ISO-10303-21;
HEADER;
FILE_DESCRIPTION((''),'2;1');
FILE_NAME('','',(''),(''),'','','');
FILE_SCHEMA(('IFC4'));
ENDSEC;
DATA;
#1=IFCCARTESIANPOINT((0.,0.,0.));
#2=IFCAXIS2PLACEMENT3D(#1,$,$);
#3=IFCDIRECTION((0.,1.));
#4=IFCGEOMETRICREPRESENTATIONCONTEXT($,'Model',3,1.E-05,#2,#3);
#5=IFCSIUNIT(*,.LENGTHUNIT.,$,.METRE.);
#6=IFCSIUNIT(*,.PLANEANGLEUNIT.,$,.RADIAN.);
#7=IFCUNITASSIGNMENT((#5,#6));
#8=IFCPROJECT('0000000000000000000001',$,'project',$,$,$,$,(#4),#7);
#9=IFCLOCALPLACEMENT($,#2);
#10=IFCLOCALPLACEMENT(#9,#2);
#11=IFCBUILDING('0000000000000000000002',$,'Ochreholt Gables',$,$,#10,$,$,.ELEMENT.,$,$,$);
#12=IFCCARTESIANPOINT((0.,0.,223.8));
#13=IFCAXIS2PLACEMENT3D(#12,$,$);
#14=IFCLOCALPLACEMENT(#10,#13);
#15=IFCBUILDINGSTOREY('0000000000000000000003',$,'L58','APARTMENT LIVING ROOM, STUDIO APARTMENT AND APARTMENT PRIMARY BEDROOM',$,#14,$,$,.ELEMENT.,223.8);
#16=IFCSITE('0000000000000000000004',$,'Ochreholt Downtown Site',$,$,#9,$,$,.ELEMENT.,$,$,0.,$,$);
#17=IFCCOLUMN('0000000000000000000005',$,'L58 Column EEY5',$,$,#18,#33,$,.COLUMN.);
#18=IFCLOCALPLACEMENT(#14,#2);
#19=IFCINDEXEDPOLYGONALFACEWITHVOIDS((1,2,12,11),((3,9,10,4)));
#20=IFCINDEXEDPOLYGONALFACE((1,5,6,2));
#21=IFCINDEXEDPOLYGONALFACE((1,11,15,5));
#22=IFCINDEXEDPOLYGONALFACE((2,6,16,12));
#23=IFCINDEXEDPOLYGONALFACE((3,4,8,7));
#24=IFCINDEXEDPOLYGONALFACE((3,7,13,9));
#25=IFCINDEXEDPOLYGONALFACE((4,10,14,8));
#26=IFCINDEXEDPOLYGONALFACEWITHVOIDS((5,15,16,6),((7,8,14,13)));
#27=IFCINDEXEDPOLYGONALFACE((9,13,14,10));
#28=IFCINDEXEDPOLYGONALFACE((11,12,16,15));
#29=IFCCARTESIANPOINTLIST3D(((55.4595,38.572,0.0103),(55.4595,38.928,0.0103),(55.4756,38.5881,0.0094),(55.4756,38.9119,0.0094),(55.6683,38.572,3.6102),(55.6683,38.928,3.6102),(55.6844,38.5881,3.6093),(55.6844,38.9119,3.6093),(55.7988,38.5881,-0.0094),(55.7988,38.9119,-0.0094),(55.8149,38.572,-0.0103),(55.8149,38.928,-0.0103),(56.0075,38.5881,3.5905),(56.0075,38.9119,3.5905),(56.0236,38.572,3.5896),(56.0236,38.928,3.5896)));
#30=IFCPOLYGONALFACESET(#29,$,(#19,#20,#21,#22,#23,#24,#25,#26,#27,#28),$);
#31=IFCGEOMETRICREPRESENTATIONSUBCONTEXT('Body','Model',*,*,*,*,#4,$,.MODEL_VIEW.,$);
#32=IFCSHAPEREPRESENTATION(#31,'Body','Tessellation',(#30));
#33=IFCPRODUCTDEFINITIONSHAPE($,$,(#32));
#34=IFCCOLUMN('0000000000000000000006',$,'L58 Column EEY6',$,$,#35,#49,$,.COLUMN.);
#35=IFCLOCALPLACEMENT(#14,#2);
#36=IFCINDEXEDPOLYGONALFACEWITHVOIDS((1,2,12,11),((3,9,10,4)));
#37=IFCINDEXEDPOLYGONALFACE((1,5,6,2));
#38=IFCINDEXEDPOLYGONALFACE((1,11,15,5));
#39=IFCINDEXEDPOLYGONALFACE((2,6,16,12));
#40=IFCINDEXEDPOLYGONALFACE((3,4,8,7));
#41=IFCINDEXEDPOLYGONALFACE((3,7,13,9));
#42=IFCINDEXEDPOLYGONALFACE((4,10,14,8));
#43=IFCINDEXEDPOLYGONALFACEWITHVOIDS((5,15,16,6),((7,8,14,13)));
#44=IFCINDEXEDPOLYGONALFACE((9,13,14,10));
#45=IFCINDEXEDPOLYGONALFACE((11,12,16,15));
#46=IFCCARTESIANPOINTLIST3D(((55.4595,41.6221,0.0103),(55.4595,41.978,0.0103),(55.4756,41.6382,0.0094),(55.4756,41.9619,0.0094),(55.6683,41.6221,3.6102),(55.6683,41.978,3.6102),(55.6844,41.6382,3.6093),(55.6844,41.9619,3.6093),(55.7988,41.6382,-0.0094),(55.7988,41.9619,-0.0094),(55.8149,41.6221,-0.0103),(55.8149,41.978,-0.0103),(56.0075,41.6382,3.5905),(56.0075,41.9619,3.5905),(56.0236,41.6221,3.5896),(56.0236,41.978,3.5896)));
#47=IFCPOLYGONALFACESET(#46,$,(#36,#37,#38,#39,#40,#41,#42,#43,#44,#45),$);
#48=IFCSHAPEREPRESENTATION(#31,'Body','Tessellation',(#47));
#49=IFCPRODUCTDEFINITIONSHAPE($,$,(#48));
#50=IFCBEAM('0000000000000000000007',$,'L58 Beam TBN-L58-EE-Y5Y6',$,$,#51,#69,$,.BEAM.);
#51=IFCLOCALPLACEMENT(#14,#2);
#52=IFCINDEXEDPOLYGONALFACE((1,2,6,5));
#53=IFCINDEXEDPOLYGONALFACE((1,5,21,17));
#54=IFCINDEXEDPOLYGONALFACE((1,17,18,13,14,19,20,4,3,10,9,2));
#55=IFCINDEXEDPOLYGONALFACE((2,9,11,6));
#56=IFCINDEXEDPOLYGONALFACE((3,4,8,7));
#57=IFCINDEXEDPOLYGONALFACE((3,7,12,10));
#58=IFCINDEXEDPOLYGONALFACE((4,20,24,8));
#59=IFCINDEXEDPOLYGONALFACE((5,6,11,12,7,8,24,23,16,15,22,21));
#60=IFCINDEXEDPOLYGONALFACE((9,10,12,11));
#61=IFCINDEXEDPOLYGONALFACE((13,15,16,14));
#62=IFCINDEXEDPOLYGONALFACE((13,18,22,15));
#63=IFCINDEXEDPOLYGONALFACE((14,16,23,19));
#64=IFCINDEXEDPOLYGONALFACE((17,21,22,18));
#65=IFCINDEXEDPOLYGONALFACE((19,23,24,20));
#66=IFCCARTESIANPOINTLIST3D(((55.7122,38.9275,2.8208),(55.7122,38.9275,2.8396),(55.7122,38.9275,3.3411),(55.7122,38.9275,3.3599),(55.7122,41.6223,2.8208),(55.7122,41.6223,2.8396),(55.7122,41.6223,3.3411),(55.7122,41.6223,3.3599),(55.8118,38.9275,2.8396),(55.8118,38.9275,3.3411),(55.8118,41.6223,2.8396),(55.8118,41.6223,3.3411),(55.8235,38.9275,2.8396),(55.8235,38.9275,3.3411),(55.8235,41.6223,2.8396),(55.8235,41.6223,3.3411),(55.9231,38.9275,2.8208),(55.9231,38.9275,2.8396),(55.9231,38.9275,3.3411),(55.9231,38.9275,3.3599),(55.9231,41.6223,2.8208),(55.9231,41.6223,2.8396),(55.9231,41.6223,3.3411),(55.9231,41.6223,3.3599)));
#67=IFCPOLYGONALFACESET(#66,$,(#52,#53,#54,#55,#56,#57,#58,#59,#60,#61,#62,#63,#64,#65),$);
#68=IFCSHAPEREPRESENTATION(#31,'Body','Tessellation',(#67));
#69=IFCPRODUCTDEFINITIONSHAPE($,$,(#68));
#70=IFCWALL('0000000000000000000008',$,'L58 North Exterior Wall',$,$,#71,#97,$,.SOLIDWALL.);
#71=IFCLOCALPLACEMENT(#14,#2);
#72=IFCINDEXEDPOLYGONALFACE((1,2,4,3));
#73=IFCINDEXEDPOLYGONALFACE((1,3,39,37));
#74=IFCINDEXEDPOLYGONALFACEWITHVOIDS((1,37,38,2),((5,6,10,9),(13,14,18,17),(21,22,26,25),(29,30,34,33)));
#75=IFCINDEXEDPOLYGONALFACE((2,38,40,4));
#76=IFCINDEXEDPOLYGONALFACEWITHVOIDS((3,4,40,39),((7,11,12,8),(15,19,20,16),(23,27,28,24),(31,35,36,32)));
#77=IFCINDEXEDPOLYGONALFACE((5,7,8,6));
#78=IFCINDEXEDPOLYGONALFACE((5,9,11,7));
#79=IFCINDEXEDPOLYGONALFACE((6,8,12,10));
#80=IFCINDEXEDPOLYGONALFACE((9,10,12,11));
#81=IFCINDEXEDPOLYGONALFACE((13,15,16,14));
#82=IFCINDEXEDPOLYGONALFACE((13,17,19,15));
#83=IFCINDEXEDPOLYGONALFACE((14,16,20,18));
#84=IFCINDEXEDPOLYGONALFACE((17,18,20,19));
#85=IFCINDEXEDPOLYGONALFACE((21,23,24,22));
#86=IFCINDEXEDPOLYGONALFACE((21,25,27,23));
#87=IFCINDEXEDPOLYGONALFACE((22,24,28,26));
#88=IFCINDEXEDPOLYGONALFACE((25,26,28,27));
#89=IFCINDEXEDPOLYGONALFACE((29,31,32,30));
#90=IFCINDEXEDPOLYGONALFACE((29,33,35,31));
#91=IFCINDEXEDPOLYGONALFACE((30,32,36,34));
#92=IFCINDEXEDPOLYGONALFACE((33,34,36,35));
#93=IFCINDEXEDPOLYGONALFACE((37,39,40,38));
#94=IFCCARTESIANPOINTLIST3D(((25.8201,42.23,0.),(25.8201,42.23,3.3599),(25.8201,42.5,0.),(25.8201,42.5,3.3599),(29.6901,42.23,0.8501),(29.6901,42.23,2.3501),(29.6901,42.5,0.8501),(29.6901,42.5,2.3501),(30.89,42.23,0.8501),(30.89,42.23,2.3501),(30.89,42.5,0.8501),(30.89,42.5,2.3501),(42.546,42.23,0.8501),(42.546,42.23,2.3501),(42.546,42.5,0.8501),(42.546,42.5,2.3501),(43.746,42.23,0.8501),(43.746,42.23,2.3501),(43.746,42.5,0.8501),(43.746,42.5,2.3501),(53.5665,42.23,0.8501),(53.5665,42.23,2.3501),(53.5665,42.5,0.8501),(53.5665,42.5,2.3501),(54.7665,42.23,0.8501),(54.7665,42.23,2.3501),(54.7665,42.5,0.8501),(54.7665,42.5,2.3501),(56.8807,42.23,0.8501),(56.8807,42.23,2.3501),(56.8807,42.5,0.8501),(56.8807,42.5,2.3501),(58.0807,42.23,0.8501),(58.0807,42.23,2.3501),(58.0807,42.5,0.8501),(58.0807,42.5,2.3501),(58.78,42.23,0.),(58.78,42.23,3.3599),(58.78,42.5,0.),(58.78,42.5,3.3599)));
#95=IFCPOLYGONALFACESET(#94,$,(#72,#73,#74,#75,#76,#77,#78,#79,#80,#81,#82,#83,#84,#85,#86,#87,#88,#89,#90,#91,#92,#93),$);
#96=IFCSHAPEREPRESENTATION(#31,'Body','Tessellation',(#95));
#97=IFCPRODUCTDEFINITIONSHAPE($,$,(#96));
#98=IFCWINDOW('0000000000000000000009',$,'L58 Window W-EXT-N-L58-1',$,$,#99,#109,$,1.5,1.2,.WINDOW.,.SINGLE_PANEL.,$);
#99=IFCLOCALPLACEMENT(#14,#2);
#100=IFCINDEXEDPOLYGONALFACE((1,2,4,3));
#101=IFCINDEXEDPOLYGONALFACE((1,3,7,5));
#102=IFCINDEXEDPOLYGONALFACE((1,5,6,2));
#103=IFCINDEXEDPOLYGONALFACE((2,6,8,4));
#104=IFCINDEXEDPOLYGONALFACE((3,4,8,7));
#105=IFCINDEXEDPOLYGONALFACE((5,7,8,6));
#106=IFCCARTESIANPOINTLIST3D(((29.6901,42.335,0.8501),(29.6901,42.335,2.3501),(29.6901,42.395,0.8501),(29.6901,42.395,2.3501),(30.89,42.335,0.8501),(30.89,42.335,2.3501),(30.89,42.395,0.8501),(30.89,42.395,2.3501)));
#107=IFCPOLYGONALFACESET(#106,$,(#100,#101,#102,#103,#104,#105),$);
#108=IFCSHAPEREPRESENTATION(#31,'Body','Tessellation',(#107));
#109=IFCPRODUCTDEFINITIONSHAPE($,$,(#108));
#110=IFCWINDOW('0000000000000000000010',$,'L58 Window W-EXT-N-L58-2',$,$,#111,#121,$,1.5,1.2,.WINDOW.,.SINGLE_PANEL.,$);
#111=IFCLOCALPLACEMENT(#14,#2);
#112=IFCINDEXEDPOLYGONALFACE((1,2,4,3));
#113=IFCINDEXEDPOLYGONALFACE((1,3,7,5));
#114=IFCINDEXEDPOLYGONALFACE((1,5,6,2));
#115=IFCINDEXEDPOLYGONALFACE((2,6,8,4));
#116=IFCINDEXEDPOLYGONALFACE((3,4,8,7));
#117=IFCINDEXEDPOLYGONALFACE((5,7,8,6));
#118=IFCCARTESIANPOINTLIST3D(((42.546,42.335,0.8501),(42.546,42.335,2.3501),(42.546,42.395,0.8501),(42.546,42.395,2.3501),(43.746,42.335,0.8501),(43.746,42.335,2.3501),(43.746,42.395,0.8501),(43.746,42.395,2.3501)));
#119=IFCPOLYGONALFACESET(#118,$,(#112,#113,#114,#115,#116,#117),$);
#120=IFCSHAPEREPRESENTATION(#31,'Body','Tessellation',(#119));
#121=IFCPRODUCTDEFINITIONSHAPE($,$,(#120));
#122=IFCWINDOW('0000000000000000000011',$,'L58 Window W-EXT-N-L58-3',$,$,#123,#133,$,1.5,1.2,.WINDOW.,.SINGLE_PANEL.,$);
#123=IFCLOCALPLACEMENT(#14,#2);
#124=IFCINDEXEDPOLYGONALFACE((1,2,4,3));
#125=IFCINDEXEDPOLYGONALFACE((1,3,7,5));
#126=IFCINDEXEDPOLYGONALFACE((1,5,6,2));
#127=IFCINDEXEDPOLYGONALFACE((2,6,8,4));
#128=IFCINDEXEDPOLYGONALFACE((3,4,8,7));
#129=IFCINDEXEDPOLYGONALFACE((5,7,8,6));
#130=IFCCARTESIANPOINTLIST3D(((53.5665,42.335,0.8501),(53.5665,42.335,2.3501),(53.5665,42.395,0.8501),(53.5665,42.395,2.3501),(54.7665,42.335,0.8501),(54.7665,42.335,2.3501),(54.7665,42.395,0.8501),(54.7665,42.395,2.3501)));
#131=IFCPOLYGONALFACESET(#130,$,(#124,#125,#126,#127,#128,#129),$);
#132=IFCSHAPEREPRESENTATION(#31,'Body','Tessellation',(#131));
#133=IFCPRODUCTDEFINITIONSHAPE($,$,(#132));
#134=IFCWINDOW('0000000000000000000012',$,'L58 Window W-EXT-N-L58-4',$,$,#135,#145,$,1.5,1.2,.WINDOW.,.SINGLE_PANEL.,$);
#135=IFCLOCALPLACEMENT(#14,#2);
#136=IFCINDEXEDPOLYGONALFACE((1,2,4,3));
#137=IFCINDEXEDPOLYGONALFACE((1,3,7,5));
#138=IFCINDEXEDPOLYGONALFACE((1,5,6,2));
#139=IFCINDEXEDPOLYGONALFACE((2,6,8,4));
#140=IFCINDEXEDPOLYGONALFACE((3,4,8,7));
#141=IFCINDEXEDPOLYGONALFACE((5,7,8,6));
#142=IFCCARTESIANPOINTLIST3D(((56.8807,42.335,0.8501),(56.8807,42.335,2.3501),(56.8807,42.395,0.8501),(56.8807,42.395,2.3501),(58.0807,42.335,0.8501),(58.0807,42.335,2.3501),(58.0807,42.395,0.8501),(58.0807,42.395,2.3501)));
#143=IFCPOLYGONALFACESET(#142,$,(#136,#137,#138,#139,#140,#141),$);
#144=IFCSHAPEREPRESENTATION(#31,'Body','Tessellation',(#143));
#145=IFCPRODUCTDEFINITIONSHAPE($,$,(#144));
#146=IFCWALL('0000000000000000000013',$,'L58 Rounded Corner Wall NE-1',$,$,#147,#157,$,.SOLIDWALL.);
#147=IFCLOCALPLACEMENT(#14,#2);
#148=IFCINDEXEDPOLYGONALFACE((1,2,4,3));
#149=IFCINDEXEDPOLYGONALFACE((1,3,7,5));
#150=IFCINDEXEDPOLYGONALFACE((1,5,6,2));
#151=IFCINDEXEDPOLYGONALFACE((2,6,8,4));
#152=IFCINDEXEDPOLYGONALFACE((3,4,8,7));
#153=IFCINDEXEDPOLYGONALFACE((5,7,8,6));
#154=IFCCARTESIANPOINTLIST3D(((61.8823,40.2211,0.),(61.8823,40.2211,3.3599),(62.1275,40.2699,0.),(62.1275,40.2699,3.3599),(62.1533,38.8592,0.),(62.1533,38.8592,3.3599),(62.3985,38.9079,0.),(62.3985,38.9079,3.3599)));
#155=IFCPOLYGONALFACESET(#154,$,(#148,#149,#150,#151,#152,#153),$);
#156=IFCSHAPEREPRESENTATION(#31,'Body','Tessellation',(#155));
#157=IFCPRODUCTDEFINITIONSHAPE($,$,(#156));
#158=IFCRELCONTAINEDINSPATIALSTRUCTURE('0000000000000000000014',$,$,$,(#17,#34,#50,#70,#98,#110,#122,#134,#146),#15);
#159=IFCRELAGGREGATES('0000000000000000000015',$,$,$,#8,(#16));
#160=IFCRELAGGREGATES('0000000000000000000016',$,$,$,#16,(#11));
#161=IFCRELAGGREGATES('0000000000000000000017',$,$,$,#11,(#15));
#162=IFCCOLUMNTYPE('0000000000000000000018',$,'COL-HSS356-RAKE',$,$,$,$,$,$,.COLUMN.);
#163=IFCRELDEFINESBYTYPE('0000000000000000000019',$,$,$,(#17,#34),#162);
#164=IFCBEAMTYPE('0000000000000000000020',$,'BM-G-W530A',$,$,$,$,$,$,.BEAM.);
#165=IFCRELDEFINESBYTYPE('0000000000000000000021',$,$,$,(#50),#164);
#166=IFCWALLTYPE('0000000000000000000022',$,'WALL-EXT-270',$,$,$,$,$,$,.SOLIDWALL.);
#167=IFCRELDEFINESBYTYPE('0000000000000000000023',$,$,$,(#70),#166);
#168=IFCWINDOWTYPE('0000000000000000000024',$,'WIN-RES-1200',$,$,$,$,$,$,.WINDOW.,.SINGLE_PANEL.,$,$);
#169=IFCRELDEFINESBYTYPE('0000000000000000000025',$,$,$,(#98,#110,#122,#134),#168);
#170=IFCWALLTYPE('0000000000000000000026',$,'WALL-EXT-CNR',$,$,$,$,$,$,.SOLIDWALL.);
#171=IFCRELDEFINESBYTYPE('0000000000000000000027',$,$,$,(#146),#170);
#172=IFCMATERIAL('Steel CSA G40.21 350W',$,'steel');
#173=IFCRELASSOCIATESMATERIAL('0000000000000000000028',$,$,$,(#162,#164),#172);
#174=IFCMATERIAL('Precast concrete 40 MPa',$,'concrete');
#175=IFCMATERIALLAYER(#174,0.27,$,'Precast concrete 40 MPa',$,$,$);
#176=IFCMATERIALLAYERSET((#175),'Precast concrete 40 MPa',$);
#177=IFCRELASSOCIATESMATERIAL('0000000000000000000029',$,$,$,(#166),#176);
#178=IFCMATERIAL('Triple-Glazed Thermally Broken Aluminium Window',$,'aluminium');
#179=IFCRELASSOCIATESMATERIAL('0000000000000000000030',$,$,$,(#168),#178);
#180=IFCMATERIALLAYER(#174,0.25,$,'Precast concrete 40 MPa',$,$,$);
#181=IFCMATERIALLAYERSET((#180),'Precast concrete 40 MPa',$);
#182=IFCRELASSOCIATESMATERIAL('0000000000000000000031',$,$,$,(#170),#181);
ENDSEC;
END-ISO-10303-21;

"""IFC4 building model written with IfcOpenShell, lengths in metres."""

from ifc_helpers import new_model, si_unit, direction, frame, frame_2d, origin, origin_2d, place, context, subcontext, project, spatial, rectangle, hollow_rectangle, i_section, extrude, material, layer, layer_set, material_profile, profile_set, type_object, element, fill, save


model = new_model("IFC4")

# Units and contexts
model_context = context("Model", 3, precision=1e-05, world=origin(), true_north=direction((0.0, 1.0)))
body_context = subcontext(model_context, "Body", "Model", "MODEL_VIEW")
ifc_project = project(units=[si_unit("LENGTHUNIT", "METRE"), si_unit("PLANEANGLEUNIT", "RADIAN")], contexts=[model_context])

# Site, building, storey
site_placement = place(None, origin())
site = spatial("IfcSite", under=ifc_project, at=site_placement, Name="Ochreholt Downtown Site", CompositionType="ELEMENT", RefElevation=0.0)
building_placement = place(site_placement, origin())
building = spatial("IfcBuilding", under=site, at=building_placement, Name="Ochreholt Gables", CompositionType="ELEMENT")
storey_placement = place(building_placement, frame((0.0, 0.0, 223.8)))
storey = spatial("IfcBuildingStorey", under=building, at=storey_placement, Name="L58", Description="APARTMENT LIVING ROOM, STUDIO APARTMENT AND APARTMENT PRIMARY BEDROOM", CompositionType="ELEMENT", Elevation=223.8)

# Columns
ifc_material_1 = material(Name="Steel CSA G40.21 350W", Category="steel")
ifc_material_profile_1 = material_profile(ifc_material_1, hollow_rectangle(XDim=0.356, YDim=0.356, WallThickness=0.0161, at=origin_2d()), Name="HSS356X356X16")
ifc_profile_set_1 = profile_set([ifc_material_profile_1], Name="Steel CSA G40.21 350W")
column_type = type_object("IfcColumnType", Name="COL-HSS356-RAKE", PredefinedType="COLUMN", material=ifc_profile_set_1)
for number, where, z_axis, x_axis, name in (
    (1, (55.6372, 38.75, 0.0), (0.057889, 0.0, 0.998323), (0.0, 1.0, 0.0), "L58 Column EEY5"),
    (2, (55.6372, 41.8, 0.0), (0.057889, 0.0, 0.998323), (0.0, 1.0, 0.0), "L58 Column EEY6"),
):
    element("IfcColumn", number, at=place(storey_placement, frame(where, z_axis=z_axis, x_axis=x_axis)), inside=storey, type_object=column_type, Name=name, PredefinedType="COLUMN", context=body_context, shape_type="SweptSolid", body=[
        extrude(hollow_rectangle(XDim=0.356, YDim=0.356, WallThickness=0.0161, at=origin_2d()), origin(), (0.0, 0.0, 1.0), 3.606),
    ])

# Beam
ifc_material_profile_2 = material_profile(ifc_material_1, i_section(OverallWidth=0.2109, OverallDepth=0.5391, WebThickness=0.0117, FlangeThickness=0.0188, at=origin_2d()), Name="W530X109")
ifc_profile_set_2 = profile_set([ifc_material_profile_2], Name="Steel CSA G40.21 350W")
beam_type = type_object("IfcBeamType", Name="BM-G-W530A", PredefinedType="BEAM", material=ifc_profile_set_2)
beam_placement = place(storey_placement, frame((55.8176, 38.9275, 3.0903), z_axis=(0.0, 1.0, 0.0), x_axis=(-1.0, 0.0, 0.0)))
element("IfcBeam", 3, at=beam_placement, inside=storey, type_object=beam_type, Name="L58 Beam TBN-L58-EE-Y5Y6", PredefinedType="BEAM", context=body_context, shape_type="SweptSolid", body=[
    extrude(i_section(OverallWidth=0.2109, OverallDepth=0.5391, WebThickness=0.0117, FlangeThickness=0.0188, at=origin_2d()), origin(), (0.0, 0.0, 1.0), 2.6948),
])

# Wall, openings, windows
ifc_material_2 = material(Name="Precast concrete 40 MPa", Category="concrete")
ifc_layer_1 = layer(ifc_material_2, 0.27, Name="Precast concrete 40 MPa")
ifc_layer_set_1 = layer_set([ifc_layer_1], Name="Precast concrete 40 MPa")
wall_type_1 = type_object("IfcWallType", Name="WALL-EXT-270", PredefinedType="SOLIDWALL", material=ifc_layer_set_1)
wall_1_placement = place(storey_placement, frame((58.78, 42.365, 0.0), z_axis=(0.0, 0.0, 1.0), x_axis=(-1.0, 0.0, 0.0)))
wall_1 = element("IfcWall", 4, at=wall_1_placement, inside=storey, type_object=wall_type_1, Name="L58 North Exterior Wall", PredefinedType="SOLIDWALL", context=body_context, shape_type="SweptSolid", body=[
    extrude(rectangle(XDim=32.96, YDim=0.27, at=frame_2d((16.48, 0.0))), origin(), (0.0, 0.0, 1.0), 3.3599),
])
opening_1_placement = place(wall_1_placement, frame((27.8899, 0.0, 0.8501)))
opening_1 = element("IfcOpeningElement", 5, at=opening_1_placement, cuts=wall_1, PredefinedType="OPENING", context=body_context, shape_type="SweptSolid", body=[
    extrude(rectangle(XDim=1.2, YDim=1.5, at=frame_2d((0.6001, 0.75))), frame((0.0, 0.145, 0.0), z_axis=(0.0, -1.0, 0.0), x_axis=(1.0, 0.0, 0.0)), (0.0, 0.0, 1.0), 0.29),
])
opening_2_placement = place(wall_1_placement, frame((15.0339, 0.0, 0.8501)))
opening_2 = element("IfcOpeningElement", 6, at=opening_2_placement, cuts=wall_1, PredefinedType="OPENING", context=body_context, shape_type="SweptSolid", body=[
    extrude(rectangle(XDim=1.2, YDim=1.5, at=frame_2d((0.6001, 0.75))), frame((0.0, 0.145, 0.0), z_axis=(0.0, -1.0, 0.0), x_axis=(1.0, 0.0, 0.0)), (0.0, 0.0, 1.0), 0.29),
])
opening_3_placement = place(wall_1_placement, frame((4.0134, 0.0, 0.8501)))
opening_3 = element("IfcOpeningElement", 7, at=opening_3_placement, cuts=wall_1, PredefinedType="OPENING", context=body_context, shape_type="SweptSolid", body=[
    extrude(rectangle(XDim=1.2, YDim=1.5, at=frame_2d((0.6001, 0.75))), frame((0.0, 0.145, 0.0), z_axis=(0.0, -1.0, 0.0), x_axis=(1.0, 0.0, 0.0)), (0.0, 0.0, 1.0), 0.29),
])
opening_4_placement = place(wall_1_placement, frame((0.6992, 0.0, 0.8501)))
opening_4 = element("IfcOpeningElement", 8, at=opening_4_placement, cuts=wall_1, PredefinedType="OPENING", context=body_context, shape_type="SweptSolid", body=[
    extrude(rectangle(XDim=1.2, YDim=1.5, at=frame_2d((0.6001, 0.75))), frame((0.0, 0.145, 0.0), z_axis=(0.0, -1.0, 0.0), x_axis=(1.0, 0.0, 0.0)), (0.0, 0.0, 1.0), 0.29),
])
ifc_material_3 = material(Name="Triple-Glazed Thermally Broken Aluminium Window", Category="aluminium")
window_type = type_object("IfcWindowType", Name="WIN-RES-1200", PartitioningType="SINGLE_PANEL", PredefinedType="WINDOW", material=ifc_material_3)
window_1_placement = place(opening_1_placement, origin())
window_1 = element("IfcWindow", 9, at=window_1_placement, inside=storey, type_object=window_type, Name="L58 Window W-EXT-N-L58-1", OverallHeight=1.5, OverallWidth=1.2, PartitioningType="SINGLE_PANEL", PredefinedType="WINDOW", context=body_context, shape_type="SweptSolid", body=[
    extrude(rectangle(XDim=1.2, YDim=1.5, at=frame_2d((0.6001, 0.75))), frame((0.0, 0.03, 0.0), z_axis=(0.0, -1.0, 0.0), x_axis=(1.0, 0.0, 0.0)), (0.0, 0.0, 1.0), 0.0601),
])
fill(opening_1, window_1)
window_2_placement = place(opening_2_placement, origin())
window_2 = element("IfcWindow", 10, at=window_2_placement, inside=storey, type_object=window_type, Name="L58 Window W-EXT-N-L58-2", OverallHeight=1.5, OverallWidth=1.2, PartitioningType="SINGLE_PANEL", PredefinedType="WINDOW", context=body_context, shape_type="SweptSolid", body=[
    extrude(rectangle(XDim=1.2, YDim=1.5, at=frame_2d((0.6001, 0.75))), frame((0.0, 0.03, 0.0), z_axis=(0.0, -1.0, 0.0), x_axis=(1.0, 0.0, 0.0)), (0.0, 0.0, 1.0), 0.0601),
])
fill(opening_2, window_2)
window_3_placement = place(opening_3_placement, origin())
window_3 = element("IfcWindow", 11, at=window_3_placement, inside=storey, type_object=window_type, Name="L58 Window W-EXT-N-L58-3", OverallHeight=1.5, OverallWidth=1.2, PartitioningType="SINGLE_PANEL", PredefinedType="WINDOW", context=body_context, shape_type="SweptSolid", body=[
    extrude(rectangle(XDim=1.2, YDim=1.5, at=frame_2d((0.6001, 0.75))), frame((0.0, 0.03, 0.0), z_axis=(0.0, -1.0, 0.0), x_axis=(1.0, 0.0, 0.0)), (0.0, 0.0, 1.0), 0.0601),
])
fill(opening_3, window_3)
window_4_placement = place(opening_4_placement, origin())
window_4 = element("IfcWindow", 12, at=window_4_placement, inside=storey, type_object=window_type, Name="L58 Window W-EXT-N-L58-4", OverallHeight=1.5, OverallWidth=1.2, PartitioningType="SINGLE_PANEL", PredefinedType="WINDOW", context=body_context, shape_type="SweptSolid", body=[
    extrude(rectangle(XDim=1.2, YDim=1.5, at=frame_2d((0.6001, 0.75))), frame((0.0, 0.03, 0.0), z_axis=(0.0, -1.0, 0.0), x_axis=(1.0, 0.0, 0.0)), (0.0, 0.0, 1.0), 0.0601),
])
fill(opening_4, window_4)

# Wall
ifc_layer_2 = layer(ifc_material_2, 0.25, Name="Precast concrete 40 MPa")
ifc_layer_set_2 = layer_set([ifc_layer_2], Name="Precast concrete 40 MPa")
wall_type_2 = type_object("IfcWallType", Name="WALL-EXT-CNR", PredefinedType="SOLIDWALL", material=ifc_layer_set_2)
wall_2_placement = place(storey_placement, frame((62.2759, 38.8835, 0.0), z_axis=(0.0, 0.0, 1.0), x_axis=(-0.195136, 0.980776, 0.0)))
element("IfcWall", 13, at=wall_2_placement, inside=storey, type_object=wall_type_2, Name="L58 Rounded Corner Wall NE-1", PredefinedType="SOLIDWALL", context=body_context, shape_type="SweptSolid", body=[
    extrude(rectangle(XDim=1.3887, YDim=0.25, at=frame_2d((0.6943, 0.0))), origin(), (0.0, 0.0, 1.0), 3.3599),
])

save(model, "model.ifc")
